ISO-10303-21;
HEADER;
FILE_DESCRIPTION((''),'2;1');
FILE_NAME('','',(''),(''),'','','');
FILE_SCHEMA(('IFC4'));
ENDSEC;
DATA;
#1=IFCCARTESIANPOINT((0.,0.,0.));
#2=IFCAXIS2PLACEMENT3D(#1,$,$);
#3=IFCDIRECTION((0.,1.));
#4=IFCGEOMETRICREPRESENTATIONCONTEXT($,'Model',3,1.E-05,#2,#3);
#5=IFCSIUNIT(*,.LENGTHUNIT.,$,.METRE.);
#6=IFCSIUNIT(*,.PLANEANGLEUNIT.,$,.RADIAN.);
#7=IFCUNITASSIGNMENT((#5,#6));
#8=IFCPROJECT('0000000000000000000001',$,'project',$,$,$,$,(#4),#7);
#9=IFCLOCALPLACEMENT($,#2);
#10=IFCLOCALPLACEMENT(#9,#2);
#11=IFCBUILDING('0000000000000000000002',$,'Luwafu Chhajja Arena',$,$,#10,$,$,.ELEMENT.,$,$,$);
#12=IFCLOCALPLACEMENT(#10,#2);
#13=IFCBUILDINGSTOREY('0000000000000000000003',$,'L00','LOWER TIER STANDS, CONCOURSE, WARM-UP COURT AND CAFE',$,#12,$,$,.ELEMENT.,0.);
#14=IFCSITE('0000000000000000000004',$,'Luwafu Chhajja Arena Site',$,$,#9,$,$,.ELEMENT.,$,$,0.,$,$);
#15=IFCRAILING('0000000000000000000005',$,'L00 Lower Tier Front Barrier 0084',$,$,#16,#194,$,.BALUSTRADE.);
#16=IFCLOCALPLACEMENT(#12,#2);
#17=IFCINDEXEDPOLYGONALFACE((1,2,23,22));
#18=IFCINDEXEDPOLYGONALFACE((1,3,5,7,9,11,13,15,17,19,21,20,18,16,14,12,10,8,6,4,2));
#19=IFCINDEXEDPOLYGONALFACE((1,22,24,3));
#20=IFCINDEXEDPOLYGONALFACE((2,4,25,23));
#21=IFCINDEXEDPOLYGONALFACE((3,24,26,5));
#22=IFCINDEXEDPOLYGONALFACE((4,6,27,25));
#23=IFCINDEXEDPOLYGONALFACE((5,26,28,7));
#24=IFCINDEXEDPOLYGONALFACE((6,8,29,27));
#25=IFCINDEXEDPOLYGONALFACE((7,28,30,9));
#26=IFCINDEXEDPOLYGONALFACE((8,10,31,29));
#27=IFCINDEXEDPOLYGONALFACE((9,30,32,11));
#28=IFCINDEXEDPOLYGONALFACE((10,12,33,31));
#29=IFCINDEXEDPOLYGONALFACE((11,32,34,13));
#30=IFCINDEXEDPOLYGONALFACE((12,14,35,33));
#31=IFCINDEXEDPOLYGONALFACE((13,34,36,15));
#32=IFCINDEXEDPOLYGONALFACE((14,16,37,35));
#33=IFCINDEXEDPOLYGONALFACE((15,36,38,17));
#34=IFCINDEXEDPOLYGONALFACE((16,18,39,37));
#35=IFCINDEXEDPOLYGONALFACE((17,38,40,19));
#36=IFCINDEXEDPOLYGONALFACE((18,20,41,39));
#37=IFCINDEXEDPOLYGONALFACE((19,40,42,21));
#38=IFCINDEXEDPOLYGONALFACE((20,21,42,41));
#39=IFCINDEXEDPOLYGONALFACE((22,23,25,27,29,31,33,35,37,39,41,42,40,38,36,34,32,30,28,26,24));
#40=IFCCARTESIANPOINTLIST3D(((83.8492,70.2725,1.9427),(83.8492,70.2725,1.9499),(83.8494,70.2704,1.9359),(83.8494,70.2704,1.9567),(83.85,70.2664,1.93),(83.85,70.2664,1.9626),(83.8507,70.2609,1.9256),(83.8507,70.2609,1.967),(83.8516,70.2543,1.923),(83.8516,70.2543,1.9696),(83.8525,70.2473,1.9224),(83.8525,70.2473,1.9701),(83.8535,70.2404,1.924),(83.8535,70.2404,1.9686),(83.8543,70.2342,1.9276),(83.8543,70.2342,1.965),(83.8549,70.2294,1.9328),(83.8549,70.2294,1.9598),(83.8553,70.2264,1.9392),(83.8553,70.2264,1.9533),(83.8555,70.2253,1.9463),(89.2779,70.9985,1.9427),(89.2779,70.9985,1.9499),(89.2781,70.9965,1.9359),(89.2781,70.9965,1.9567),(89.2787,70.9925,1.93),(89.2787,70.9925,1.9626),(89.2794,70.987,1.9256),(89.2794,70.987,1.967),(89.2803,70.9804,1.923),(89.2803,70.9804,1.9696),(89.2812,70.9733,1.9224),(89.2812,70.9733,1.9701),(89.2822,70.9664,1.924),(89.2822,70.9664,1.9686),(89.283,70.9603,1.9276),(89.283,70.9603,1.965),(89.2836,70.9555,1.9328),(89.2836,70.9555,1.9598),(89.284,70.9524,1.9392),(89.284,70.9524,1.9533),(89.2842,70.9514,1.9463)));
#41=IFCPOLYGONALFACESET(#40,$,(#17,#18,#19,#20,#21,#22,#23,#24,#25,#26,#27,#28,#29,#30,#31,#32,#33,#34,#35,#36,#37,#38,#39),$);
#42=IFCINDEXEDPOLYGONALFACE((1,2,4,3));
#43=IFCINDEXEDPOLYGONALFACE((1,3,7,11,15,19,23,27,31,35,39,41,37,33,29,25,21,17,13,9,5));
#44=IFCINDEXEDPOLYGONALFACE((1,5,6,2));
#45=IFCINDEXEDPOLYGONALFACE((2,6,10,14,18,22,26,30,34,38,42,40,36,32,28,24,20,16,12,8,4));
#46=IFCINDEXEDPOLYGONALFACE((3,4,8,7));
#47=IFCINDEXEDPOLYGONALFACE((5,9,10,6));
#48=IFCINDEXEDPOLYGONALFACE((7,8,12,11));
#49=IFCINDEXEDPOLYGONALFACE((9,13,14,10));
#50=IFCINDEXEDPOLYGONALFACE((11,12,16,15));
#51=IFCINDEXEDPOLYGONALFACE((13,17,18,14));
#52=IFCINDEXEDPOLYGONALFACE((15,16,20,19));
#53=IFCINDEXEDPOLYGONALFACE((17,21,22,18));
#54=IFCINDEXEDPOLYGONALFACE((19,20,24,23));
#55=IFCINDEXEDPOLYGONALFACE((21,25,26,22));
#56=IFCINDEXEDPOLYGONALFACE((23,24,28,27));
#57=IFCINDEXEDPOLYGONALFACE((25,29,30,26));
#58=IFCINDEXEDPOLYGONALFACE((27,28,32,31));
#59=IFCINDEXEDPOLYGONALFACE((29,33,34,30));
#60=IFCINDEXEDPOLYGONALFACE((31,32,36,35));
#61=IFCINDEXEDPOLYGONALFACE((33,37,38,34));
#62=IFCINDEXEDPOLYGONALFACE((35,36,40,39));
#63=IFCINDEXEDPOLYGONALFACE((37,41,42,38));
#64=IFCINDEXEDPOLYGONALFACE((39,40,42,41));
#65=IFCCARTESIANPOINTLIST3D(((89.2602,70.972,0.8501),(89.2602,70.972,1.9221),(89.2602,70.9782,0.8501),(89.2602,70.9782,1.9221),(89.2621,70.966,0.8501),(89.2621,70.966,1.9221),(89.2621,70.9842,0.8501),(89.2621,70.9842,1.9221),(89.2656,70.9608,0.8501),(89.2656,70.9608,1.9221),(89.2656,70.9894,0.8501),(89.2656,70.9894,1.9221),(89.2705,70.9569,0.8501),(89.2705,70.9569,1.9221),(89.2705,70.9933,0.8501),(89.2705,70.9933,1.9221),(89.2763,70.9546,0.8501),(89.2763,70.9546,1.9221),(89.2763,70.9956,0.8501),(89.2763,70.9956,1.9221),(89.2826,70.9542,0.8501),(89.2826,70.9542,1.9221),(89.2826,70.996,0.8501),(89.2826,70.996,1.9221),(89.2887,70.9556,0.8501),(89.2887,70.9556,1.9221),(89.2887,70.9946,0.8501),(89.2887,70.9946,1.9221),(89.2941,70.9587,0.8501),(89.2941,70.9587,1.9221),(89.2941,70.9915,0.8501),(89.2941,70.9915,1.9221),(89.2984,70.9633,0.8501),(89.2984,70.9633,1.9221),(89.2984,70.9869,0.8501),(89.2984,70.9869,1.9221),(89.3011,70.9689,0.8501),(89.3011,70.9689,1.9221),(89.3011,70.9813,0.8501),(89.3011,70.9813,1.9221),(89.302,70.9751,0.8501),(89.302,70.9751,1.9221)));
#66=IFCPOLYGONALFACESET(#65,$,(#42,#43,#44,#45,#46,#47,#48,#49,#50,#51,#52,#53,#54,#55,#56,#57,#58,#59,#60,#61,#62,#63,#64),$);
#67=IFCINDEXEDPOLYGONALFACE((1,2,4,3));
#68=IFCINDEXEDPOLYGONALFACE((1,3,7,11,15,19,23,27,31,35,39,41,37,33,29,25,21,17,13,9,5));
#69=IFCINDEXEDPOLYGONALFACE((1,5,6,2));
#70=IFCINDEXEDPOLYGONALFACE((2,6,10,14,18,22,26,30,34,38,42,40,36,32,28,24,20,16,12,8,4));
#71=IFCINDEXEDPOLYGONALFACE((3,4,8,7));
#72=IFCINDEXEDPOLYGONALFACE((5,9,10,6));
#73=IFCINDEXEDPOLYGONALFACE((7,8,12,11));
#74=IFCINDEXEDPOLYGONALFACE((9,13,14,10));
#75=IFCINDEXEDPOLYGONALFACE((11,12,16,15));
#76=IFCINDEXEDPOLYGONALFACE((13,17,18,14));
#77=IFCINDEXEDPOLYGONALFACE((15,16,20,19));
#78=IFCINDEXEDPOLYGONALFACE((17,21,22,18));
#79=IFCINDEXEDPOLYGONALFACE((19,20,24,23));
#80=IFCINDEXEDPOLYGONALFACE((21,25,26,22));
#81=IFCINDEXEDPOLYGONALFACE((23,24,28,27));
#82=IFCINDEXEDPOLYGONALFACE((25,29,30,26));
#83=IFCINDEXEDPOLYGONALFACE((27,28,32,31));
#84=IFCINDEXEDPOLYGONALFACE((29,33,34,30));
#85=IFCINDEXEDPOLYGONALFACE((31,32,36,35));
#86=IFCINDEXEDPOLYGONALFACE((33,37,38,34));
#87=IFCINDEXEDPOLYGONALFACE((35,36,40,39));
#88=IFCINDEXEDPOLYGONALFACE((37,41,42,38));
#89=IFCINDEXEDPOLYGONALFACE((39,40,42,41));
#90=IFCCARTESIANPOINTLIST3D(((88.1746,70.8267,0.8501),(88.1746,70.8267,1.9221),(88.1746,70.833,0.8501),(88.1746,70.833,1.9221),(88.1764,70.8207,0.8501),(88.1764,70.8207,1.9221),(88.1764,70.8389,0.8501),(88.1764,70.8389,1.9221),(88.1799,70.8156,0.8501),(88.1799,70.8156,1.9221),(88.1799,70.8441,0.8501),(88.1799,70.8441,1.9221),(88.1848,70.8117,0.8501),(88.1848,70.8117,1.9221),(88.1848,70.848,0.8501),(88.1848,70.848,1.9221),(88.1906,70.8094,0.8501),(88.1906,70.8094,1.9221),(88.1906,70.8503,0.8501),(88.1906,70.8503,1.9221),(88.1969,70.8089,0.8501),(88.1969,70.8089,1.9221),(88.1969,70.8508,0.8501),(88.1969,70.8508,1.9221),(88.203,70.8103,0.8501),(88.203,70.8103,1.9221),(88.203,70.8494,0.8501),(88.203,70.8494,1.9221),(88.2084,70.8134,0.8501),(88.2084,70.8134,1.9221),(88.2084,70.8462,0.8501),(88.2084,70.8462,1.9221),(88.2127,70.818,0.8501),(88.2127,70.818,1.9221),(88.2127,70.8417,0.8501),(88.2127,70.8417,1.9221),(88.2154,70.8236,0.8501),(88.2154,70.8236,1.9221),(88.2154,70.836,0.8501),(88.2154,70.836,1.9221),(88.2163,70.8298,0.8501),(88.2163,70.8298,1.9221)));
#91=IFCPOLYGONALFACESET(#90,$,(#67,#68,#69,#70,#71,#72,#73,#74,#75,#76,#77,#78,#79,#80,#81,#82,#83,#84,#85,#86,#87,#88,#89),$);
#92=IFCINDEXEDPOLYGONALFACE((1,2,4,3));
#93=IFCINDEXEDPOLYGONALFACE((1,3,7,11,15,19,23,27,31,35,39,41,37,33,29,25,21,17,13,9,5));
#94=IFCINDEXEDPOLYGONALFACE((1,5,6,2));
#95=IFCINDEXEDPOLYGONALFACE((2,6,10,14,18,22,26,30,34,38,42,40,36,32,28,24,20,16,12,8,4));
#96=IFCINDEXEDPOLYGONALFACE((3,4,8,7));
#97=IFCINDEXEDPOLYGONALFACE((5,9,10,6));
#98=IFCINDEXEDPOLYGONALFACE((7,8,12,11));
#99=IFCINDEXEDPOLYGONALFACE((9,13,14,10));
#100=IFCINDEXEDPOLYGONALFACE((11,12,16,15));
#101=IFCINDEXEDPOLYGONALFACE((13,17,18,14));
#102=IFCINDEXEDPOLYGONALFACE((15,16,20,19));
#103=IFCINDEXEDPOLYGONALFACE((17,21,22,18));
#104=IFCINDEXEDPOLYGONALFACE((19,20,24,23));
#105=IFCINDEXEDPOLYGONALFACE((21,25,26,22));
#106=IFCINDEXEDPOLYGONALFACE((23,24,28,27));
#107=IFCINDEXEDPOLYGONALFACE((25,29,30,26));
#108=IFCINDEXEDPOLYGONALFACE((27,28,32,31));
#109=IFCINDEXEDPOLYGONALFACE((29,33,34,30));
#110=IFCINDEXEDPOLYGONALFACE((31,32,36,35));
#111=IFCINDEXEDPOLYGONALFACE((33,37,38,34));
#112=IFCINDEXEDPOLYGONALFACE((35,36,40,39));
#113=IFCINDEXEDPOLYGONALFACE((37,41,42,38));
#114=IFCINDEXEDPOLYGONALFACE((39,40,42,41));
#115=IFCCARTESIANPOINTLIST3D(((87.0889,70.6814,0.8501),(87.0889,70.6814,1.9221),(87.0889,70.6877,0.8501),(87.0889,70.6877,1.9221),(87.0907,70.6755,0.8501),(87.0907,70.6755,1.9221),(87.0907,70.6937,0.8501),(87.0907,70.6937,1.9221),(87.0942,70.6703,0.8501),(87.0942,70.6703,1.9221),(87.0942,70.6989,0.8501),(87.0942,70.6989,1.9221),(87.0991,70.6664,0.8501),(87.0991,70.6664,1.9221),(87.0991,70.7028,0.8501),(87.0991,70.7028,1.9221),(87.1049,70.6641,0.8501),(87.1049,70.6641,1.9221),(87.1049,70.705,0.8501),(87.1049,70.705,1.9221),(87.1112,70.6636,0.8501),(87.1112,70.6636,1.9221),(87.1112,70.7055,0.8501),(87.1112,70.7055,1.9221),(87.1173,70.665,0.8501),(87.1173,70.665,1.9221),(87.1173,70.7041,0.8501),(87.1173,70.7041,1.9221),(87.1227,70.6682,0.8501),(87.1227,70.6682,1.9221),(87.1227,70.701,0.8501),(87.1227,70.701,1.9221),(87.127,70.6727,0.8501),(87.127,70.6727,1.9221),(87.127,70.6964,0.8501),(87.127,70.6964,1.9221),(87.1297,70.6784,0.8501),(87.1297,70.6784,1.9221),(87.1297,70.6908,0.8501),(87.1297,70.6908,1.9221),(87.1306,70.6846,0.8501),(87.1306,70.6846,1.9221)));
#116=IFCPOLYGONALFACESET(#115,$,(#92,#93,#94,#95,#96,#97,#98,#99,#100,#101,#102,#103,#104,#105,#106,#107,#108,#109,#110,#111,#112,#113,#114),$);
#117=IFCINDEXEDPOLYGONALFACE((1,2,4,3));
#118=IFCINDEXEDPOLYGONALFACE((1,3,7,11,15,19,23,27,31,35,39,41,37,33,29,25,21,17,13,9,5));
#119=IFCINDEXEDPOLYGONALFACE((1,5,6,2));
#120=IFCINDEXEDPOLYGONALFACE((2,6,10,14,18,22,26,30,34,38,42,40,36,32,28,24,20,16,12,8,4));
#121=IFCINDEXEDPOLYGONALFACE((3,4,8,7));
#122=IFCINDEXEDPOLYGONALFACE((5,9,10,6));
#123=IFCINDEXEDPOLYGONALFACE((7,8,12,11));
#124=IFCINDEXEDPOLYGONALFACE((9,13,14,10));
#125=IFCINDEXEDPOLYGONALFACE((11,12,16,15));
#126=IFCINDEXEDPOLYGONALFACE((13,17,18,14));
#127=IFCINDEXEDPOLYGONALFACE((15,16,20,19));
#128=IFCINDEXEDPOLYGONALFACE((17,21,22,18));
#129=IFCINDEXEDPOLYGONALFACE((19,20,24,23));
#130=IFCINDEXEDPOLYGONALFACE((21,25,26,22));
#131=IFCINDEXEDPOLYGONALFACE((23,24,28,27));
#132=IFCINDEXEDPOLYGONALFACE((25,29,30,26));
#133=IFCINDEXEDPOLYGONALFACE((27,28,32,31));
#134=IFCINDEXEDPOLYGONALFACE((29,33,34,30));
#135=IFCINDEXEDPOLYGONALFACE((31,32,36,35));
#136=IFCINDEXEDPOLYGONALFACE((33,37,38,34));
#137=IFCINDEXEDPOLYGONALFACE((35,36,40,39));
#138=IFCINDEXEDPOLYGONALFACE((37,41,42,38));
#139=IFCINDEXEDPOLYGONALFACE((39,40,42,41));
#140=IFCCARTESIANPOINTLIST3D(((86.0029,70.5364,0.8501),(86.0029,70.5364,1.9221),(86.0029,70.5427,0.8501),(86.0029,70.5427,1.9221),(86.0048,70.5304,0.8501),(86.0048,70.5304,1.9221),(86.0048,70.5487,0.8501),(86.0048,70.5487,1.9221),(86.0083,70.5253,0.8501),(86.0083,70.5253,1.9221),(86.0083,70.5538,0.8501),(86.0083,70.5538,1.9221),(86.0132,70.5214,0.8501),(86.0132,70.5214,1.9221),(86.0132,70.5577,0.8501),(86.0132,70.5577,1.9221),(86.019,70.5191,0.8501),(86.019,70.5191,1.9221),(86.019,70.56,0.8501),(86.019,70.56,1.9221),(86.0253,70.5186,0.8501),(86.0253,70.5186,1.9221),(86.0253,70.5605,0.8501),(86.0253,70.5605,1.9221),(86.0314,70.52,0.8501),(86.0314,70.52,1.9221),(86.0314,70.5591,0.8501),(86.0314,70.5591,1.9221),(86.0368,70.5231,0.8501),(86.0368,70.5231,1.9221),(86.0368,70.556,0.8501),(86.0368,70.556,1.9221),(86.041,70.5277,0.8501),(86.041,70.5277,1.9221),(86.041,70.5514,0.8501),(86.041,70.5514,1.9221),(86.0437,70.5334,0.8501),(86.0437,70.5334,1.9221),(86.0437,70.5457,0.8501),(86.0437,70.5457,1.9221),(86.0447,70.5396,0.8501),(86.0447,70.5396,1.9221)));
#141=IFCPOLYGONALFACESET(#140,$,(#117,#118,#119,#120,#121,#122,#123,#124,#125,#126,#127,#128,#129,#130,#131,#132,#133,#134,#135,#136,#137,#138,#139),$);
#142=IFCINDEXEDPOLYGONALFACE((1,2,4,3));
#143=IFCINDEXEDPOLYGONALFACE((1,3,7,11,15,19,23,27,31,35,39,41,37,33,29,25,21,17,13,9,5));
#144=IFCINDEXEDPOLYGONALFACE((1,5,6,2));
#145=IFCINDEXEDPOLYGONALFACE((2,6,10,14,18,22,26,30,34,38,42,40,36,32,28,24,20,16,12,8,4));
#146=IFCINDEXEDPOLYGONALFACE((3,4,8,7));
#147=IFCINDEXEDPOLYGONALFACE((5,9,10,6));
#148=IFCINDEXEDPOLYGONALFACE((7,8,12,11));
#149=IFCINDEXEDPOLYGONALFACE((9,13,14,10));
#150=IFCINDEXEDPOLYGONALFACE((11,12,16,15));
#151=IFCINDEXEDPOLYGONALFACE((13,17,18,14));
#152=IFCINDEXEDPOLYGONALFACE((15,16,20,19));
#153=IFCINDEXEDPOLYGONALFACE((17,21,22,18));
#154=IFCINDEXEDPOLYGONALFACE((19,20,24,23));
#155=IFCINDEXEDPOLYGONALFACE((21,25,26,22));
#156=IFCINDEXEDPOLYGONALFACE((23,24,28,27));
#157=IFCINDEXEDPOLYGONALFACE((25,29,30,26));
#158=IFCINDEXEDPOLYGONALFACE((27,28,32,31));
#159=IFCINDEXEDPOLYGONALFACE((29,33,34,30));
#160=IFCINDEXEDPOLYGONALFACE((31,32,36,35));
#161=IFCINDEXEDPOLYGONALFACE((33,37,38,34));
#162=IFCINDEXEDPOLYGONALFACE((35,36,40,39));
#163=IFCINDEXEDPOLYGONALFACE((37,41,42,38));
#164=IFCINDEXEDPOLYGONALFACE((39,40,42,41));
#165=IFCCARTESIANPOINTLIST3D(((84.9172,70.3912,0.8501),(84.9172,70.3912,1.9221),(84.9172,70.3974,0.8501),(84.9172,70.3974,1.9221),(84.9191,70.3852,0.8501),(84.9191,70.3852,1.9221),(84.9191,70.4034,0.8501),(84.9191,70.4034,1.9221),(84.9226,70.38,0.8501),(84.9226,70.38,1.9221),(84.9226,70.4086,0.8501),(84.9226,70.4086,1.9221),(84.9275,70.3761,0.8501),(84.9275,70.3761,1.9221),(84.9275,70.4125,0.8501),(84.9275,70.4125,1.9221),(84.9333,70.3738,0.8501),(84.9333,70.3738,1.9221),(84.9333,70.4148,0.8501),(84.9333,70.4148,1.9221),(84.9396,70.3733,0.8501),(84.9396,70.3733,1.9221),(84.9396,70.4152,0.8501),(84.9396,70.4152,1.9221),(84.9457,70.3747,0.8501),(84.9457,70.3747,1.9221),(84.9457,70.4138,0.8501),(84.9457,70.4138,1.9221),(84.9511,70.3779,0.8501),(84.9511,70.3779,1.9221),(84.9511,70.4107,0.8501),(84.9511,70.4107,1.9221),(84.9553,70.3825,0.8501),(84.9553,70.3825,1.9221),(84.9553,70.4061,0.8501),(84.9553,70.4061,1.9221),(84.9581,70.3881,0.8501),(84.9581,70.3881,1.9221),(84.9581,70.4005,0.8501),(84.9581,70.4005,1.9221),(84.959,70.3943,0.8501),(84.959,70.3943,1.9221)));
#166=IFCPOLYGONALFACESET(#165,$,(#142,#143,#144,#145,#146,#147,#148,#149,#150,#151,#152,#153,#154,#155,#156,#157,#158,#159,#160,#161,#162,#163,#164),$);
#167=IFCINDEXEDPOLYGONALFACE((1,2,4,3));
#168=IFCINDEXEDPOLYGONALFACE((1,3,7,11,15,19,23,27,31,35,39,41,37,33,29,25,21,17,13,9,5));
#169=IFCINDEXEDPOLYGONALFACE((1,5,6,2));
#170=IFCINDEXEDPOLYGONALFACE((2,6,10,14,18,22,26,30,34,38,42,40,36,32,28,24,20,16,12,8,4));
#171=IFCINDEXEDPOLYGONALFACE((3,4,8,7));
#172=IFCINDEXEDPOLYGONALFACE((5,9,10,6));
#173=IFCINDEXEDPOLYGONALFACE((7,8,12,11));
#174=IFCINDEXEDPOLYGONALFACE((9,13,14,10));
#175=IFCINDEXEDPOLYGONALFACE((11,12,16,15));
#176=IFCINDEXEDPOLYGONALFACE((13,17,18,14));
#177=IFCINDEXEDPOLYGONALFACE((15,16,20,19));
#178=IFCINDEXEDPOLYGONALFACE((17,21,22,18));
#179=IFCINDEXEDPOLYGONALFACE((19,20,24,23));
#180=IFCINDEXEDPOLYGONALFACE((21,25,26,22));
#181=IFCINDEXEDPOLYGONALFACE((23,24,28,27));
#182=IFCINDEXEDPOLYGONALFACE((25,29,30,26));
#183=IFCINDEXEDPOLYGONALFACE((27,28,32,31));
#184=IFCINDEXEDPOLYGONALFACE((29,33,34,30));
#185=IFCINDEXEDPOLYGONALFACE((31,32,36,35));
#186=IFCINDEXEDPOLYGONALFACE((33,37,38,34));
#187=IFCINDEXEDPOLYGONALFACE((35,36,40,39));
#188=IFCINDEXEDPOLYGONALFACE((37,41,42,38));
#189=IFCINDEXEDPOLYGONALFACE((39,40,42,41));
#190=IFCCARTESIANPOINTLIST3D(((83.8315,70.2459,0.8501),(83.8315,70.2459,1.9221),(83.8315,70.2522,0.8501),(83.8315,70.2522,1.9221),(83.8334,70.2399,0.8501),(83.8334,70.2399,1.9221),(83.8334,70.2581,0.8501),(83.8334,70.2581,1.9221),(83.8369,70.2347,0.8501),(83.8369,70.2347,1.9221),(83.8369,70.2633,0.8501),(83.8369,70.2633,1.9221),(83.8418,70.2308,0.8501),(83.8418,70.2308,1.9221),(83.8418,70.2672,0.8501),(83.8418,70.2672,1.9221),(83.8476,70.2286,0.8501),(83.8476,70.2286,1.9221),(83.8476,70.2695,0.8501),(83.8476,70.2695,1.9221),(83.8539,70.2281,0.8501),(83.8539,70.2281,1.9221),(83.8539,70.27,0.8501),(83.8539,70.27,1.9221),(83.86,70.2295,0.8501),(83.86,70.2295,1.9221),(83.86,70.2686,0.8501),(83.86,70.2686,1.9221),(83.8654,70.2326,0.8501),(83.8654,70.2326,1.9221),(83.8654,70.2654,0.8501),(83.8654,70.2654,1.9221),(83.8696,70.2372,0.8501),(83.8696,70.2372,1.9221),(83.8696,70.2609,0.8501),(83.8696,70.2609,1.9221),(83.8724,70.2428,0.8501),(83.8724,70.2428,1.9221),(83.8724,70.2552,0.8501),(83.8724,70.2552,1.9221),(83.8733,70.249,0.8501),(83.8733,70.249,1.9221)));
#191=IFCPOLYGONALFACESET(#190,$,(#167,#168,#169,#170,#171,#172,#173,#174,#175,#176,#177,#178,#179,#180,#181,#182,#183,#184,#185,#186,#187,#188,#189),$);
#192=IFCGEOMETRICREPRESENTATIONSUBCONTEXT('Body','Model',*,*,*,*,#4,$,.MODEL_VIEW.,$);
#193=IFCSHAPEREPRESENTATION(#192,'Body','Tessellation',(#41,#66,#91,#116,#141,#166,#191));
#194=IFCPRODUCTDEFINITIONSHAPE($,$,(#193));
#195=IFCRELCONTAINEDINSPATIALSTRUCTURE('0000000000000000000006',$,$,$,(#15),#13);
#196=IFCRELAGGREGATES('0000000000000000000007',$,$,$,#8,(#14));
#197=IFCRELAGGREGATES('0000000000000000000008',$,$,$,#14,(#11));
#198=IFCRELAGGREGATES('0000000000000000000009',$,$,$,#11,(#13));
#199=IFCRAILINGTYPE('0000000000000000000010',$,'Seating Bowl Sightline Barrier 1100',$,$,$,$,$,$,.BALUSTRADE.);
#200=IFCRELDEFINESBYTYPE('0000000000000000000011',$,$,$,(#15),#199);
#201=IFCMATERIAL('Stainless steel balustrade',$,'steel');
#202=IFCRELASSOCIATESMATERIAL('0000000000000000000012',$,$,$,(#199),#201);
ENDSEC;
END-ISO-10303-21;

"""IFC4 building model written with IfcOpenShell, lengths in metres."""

from ifc_helpers import new_model, si_unit, direction, frame, origin, origin_2d, place, context, subcontext, project, spatial, circle, extrude, material, type_object, element, save


model = new_model("IFC4")

# Units and contexts
model_context = context("Model", 3, precision=1e-05, world=origin(), true_north=direction((0.0, 1.0)))
body_context = subcontext(model_context, "Body", "Model", "MODEL_VIEW")
ifc_project = project(units=[si_unit("LENGTHUNIT", "METRE"), si_unit("PLANEANGLEUNIT", "RADIAN")], contexts=[model_context])

# Site, building, storey
site_placement = place(None, origin())
site = spatial("IfcSite", under=ifc_project, at=site_placement, Name="Luwafu Chhajja Arena Site", CompositionType="ELEMENT", RefElevation=0.0)
building_placement = place(site_placement, origin())
building = spatial("IfcBuilding", under=site, at=building_placement, Name="Luwafu Chhajja Arena", CompositionType="ELEMENT")
storey_placement = place(building_placement, origin())
storey = spatial("IfcBuildingStorey", under=building, at=storey_placement, Name="L00", Description="LOWER TIER STANDS, CONCOURSE, WARM-UP COURT AND CAFE", CompositionType="ELEMENT", Elevation=0.0)

# Railing
ifc_material_1 = material(Name="Stainless steel balustrade", Category="steel")
railing_type_1 = type_object("IfcRailingType", Name="Seating Bowl Sightline Barrier 1100", PredefinedType="BALUSTRADE", material=ifc_material_1)
railing_1_placement = place(storey_placement, frame((89.281, 70.9751, 0.8501)))
element("IfcRailing", 1, at=railing_1_placement, inside=storey, type_object=railing_type_1, Name="L00 Lower Tier Front Barrier 0084", PredefinedType="BALUSTRADE", context=body_context, shape_type="SweptSolid", body=[
    extrude(circle(Radius=0.0239, at=origin_2d()), frame((0.0, 0.0, 1.0962), z_axis=(-0.991174, -0.132567, 0.0), x_axis=(0.132567, -0.991174, 0.0)), (0.0, 0.0, 1.0), 5.4771),
    extrude(circle(Radius=0.021, at=origin_2d()), origin(), (0.0, 0.0, 1.0), 1.072),
    extrude(circle(Radius=0.021, at=origin_2d()), frame((-1.0857, -0.1453, 0.0)), (0.0, 0.0, 1.0), 1.072),
    extrude(circle(Radius=0.021, at=origin_2d()), frame((-2.1714, -0.2905, 0.0)), (0.0, 0.0, 1.0), 1.072),
    extrude(circle(Radius=0.021, at=origin_2d()), frame((-3.2573, -0.4355, 0.0)), (0.0, 0.0, 1.0), 1.072),
    extrude(circle(Radius=0.021, at=origin_2d()), frame((-4.343, -0.5808, 0.0)), (0.0, 0.0, 1.0), 1.072),
    extrude(circle(Radius=0.021, at=origin_2d()), frame((-5.4287, -0.7261, 0.0)), (0.0, 0.0, 1.0), 1.072),
])

save(model, "model.ifc")
